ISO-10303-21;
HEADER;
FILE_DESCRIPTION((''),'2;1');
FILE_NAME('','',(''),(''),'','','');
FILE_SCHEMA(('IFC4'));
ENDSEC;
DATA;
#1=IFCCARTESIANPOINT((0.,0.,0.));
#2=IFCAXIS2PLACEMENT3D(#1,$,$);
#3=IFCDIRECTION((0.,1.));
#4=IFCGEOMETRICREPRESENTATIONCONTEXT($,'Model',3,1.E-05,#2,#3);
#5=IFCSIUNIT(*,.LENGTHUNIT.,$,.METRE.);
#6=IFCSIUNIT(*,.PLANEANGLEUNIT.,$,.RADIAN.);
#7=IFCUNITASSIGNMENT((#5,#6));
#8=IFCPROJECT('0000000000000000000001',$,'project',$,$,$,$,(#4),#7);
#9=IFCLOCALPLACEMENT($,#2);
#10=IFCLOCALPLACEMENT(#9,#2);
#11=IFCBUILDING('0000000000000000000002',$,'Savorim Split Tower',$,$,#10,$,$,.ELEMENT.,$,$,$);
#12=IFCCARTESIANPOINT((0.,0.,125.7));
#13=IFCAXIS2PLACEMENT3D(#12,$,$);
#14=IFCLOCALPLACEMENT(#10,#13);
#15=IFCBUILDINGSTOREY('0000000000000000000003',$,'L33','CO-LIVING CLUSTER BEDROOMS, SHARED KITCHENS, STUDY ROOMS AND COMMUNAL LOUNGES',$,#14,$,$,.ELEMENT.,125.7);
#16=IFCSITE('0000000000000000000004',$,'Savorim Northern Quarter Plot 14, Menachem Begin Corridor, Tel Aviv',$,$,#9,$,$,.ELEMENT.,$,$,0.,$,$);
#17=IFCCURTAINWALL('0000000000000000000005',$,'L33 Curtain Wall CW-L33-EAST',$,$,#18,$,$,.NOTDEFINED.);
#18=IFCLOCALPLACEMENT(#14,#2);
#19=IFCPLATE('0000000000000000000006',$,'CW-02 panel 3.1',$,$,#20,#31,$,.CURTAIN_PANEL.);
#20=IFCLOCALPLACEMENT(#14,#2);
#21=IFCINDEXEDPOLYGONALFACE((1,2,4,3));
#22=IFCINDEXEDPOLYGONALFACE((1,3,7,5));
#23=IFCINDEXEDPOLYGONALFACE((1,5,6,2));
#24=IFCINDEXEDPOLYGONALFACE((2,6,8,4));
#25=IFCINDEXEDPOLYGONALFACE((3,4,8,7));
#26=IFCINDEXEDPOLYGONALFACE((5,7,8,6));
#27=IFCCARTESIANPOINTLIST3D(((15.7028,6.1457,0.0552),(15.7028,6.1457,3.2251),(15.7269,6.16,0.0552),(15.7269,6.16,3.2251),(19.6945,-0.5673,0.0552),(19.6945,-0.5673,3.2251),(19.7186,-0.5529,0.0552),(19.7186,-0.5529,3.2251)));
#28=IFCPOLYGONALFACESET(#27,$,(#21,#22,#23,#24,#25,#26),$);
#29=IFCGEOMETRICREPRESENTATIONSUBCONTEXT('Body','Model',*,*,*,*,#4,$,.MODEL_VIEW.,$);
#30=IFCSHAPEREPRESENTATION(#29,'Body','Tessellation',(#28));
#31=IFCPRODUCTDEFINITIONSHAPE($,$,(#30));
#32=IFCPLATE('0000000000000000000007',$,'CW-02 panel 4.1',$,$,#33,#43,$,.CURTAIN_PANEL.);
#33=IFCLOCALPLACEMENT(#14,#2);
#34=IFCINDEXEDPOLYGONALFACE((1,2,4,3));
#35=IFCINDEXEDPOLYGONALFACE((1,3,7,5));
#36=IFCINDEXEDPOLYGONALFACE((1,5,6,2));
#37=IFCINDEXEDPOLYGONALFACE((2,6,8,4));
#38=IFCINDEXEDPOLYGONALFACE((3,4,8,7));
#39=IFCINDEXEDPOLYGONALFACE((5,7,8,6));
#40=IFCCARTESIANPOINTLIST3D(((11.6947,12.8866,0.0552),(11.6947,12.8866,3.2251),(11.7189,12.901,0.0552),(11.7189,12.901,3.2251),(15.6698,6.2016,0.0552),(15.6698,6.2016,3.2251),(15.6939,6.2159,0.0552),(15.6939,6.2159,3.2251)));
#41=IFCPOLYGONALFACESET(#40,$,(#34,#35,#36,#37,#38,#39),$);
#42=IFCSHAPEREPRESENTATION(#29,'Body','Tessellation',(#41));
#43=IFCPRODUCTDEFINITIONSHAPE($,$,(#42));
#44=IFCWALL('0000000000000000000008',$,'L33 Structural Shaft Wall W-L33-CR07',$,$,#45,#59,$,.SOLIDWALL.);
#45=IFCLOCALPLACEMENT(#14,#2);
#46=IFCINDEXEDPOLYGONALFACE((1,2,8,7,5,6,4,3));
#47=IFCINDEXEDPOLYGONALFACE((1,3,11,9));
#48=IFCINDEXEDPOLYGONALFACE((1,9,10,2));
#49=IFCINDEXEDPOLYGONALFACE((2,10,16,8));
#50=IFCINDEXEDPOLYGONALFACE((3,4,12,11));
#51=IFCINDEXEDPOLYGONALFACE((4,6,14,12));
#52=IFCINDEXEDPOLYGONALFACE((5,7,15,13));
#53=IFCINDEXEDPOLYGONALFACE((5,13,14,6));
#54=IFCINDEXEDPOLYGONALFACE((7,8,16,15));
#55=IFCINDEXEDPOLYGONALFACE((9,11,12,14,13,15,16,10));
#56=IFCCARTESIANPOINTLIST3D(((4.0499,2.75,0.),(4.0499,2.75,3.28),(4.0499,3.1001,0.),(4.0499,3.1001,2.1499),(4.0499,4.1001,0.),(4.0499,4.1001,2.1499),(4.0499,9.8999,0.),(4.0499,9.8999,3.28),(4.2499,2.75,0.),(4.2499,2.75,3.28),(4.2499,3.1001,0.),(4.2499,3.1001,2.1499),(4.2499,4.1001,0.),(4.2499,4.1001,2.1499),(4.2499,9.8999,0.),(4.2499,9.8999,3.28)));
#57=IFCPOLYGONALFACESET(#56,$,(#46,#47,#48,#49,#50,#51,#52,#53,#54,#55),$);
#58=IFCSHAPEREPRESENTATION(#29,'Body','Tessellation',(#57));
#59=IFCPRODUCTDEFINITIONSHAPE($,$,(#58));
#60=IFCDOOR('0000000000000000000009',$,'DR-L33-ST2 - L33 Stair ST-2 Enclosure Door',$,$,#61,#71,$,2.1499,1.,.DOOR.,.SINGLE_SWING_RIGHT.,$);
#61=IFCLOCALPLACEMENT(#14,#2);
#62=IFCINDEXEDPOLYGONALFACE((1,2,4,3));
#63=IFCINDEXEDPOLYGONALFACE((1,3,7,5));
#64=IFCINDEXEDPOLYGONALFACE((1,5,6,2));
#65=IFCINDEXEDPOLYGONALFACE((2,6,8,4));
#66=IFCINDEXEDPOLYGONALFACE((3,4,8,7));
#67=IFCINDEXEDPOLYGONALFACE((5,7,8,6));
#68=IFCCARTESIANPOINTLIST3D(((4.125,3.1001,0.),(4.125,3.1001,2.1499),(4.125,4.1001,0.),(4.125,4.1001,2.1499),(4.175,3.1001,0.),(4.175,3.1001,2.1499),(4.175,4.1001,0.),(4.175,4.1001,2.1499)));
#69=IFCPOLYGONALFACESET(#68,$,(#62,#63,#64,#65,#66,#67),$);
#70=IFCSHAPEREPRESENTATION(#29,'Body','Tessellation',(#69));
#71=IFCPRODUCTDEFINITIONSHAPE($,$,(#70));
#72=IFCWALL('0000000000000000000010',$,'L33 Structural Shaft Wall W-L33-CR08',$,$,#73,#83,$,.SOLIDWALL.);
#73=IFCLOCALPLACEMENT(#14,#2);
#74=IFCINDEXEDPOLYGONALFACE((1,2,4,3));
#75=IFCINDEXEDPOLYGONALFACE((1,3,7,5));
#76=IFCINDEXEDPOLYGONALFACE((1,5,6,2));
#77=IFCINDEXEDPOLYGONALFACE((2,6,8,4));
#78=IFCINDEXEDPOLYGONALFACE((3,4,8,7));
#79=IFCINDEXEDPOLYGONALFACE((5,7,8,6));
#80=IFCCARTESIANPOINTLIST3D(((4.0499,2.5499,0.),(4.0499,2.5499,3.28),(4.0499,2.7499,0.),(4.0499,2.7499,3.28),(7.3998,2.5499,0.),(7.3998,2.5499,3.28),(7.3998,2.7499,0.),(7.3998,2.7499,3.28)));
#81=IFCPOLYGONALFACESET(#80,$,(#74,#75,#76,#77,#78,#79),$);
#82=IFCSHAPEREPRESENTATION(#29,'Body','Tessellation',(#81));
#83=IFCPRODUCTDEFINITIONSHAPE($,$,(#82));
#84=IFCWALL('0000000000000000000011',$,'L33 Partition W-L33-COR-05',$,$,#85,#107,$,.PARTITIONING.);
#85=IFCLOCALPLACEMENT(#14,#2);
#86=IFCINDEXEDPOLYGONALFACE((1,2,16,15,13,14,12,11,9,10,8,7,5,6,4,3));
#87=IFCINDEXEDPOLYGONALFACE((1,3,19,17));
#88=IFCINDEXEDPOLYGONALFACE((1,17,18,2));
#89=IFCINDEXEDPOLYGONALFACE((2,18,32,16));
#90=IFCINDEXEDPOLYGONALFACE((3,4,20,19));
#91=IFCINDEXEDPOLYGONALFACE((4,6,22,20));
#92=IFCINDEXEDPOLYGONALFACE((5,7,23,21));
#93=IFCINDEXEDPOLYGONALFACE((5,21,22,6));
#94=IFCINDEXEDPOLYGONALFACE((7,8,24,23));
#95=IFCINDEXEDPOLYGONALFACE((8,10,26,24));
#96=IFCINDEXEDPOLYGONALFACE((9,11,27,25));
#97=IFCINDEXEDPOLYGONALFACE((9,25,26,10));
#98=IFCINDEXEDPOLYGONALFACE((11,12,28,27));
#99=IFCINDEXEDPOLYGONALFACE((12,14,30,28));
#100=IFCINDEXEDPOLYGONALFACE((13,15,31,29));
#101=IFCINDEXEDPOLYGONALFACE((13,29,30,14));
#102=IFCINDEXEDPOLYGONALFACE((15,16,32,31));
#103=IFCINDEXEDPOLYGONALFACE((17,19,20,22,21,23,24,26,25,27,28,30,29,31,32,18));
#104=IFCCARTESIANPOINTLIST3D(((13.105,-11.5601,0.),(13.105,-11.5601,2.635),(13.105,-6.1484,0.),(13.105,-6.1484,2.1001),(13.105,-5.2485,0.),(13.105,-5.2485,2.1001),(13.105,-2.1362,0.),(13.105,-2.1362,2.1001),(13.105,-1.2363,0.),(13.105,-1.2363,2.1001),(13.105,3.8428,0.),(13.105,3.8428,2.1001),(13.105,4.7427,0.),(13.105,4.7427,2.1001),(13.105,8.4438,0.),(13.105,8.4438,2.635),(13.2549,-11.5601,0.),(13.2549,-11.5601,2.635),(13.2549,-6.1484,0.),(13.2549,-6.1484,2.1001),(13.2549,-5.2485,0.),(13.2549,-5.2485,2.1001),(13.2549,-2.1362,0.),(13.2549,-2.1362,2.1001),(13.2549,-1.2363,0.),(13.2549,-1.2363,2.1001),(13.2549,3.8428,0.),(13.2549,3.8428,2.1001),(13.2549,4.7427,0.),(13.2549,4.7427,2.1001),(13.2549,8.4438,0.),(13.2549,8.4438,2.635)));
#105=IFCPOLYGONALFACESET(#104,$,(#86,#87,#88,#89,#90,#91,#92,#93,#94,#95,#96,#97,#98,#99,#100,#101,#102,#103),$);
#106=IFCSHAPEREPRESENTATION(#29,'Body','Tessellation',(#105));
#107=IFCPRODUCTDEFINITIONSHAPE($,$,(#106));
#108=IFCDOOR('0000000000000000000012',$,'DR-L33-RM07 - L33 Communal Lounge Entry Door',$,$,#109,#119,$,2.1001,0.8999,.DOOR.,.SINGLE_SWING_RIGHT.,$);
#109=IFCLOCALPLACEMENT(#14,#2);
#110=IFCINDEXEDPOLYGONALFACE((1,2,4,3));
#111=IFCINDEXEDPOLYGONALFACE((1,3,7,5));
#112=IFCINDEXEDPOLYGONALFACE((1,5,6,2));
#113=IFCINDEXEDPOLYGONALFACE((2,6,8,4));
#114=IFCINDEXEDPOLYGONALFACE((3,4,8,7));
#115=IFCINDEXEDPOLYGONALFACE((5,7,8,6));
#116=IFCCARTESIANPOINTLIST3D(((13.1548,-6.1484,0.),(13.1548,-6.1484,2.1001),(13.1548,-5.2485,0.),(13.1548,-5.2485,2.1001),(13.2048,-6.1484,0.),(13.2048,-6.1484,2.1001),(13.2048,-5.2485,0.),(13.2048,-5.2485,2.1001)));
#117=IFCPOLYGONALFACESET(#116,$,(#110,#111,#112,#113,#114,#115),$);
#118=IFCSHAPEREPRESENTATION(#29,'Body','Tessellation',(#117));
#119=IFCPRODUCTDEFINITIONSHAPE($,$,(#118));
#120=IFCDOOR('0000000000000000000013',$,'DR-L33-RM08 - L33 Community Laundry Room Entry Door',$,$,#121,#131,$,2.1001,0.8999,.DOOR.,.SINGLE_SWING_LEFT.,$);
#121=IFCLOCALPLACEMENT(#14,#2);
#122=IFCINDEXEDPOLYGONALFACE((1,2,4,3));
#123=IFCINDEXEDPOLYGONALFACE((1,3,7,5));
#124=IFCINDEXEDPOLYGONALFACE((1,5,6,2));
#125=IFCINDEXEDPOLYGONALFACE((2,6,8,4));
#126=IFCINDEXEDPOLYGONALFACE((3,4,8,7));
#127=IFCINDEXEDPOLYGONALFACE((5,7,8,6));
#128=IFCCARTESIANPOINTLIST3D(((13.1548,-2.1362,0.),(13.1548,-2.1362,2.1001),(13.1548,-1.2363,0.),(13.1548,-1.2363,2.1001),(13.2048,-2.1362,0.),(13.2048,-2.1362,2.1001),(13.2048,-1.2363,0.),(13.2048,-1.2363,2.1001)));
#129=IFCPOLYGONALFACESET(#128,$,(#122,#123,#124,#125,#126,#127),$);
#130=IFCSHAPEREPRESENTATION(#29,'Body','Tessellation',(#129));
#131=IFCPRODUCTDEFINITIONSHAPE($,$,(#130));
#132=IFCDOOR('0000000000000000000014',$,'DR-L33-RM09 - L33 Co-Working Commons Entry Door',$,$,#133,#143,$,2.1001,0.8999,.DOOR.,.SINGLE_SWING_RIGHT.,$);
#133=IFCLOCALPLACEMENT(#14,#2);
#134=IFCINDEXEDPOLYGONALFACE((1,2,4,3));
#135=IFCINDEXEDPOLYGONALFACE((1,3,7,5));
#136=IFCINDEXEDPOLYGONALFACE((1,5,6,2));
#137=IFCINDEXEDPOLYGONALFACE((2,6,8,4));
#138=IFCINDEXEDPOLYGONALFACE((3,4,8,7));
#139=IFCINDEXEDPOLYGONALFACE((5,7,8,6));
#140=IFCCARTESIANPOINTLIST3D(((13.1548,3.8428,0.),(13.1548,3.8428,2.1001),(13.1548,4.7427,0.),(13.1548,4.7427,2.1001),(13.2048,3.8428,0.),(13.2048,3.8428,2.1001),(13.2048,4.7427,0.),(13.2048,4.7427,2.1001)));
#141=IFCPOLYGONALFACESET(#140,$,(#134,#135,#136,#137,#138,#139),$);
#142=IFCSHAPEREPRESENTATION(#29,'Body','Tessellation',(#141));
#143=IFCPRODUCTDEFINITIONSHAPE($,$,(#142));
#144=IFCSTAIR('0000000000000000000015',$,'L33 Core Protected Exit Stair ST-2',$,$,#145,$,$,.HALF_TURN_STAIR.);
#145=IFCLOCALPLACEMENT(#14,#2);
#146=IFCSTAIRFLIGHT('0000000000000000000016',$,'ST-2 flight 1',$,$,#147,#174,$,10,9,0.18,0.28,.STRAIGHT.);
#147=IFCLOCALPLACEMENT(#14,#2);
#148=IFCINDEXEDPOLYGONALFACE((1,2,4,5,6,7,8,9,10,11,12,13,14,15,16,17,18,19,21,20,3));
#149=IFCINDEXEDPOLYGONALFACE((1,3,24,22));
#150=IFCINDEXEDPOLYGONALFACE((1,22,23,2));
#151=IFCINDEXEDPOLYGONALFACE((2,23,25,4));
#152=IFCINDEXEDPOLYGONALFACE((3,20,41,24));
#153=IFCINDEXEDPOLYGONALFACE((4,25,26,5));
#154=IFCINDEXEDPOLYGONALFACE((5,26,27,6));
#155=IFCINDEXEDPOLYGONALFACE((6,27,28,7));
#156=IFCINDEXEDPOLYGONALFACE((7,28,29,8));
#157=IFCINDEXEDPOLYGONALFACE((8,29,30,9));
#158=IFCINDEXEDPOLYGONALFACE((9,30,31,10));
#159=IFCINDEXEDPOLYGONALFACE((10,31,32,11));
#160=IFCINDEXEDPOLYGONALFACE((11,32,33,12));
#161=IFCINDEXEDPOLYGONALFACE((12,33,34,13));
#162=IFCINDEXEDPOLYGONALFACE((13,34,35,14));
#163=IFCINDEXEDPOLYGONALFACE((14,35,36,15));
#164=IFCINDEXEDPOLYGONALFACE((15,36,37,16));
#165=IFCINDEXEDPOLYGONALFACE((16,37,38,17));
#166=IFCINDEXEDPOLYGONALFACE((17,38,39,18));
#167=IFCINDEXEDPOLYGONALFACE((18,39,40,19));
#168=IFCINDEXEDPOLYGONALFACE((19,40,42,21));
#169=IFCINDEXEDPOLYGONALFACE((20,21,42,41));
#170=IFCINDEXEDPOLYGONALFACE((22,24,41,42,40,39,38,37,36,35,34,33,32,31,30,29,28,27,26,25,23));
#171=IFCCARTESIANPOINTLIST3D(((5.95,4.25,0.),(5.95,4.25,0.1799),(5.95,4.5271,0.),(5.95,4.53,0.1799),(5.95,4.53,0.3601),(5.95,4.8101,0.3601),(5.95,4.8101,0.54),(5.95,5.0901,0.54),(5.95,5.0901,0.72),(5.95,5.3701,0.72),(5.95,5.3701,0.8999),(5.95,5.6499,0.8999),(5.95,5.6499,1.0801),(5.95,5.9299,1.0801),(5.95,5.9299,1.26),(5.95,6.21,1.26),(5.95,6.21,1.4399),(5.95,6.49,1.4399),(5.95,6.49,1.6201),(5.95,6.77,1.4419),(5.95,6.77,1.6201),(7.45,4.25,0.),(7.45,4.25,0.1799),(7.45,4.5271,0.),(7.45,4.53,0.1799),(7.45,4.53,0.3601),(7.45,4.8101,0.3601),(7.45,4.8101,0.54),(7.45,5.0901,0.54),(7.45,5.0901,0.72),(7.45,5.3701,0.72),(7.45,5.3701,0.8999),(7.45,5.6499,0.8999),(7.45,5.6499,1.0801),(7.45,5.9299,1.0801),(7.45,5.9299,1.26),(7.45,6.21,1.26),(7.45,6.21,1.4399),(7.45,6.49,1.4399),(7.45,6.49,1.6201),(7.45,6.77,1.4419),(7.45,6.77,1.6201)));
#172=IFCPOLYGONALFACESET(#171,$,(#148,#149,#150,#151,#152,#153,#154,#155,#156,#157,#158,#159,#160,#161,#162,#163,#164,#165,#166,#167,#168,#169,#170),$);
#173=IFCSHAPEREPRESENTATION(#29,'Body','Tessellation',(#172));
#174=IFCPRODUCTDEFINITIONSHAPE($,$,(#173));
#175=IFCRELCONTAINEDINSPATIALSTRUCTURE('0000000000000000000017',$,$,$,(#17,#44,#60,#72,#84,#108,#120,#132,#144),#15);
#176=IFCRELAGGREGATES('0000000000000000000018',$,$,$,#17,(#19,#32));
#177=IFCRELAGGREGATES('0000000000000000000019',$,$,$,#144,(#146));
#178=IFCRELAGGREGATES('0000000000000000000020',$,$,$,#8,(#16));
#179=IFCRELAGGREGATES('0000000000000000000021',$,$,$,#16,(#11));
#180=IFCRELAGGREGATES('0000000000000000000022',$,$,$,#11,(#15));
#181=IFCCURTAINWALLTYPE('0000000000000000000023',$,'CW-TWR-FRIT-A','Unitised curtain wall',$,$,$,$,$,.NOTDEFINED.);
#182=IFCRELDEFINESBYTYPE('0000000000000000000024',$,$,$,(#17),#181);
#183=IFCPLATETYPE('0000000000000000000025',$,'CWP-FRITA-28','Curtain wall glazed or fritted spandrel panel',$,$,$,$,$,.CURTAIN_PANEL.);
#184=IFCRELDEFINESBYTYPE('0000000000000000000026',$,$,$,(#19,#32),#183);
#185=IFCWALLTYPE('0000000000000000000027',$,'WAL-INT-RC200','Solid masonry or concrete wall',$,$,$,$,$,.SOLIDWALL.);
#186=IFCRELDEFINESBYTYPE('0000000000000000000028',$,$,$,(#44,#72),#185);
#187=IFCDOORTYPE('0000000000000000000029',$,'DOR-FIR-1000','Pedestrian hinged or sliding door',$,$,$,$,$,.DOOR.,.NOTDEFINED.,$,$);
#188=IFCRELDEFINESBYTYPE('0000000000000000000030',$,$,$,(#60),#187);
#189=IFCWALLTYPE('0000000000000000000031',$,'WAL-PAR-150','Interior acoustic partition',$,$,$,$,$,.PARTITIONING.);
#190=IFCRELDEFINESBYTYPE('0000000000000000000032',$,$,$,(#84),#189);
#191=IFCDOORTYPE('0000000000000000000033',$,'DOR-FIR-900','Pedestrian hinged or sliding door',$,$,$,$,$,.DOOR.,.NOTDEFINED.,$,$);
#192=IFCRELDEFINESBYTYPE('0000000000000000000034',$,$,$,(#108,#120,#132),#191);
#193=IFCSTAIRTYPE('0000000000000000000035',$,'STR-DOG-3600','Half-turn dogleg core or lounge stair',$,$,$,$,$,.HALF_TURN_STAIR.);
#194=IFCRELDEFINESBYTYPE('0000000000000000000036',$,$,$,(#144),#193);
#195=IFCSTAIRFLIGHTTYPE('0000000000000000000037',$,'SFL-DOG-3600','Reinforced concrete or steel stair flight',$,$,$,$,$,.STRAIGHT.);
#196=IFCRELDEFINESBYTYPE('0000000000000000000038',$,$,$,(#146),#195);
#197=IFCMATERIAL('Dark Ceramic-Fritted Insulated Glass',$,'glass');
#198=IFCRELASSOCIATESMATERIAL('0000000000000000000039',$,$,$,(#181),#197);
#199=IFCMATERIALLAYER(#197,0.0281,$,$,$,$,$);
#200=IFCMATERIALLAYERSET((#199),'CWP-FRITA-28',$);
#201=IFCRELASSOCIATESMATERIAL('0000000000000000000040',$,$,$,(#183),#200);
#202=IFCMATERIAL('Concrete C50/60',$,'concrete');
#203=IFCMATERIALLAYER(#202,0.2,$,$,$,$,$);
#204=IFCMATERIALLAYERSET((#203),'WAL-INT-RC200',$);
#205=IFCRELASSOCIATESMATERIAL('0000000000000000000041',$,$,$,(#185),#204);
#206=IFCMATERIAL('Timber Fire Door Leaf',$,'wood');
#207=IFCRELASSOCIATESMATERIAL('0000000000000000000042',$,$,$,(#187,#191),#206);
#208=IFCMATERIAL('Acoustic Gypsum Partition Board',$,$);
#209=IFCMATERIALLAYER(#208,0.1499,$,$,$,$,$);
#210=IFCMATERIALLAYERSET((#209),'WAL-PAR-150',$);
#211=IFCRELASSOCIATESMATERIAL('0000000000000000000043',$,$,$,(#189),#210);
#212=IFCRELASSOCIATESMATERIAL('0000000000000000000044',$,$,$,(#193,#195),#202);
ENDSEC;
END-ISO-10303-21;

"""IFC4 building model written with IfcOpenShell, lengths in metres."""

from ifc_helpers import new_model, si_unit, direction, frame, frame_2d, origin, origin_2d, place, context, subcontext, project, spatial, polyline, rectangle, outline, extrude, material, layer, layer_set, type_object, element, fill, aggregate, save


model = new_model("IFC4")

# Units and contexts
model_context = context("Model", 3, precision=1e-05, world=origin(), true_north=direction((0.0, 1.0)))
body_context = subcontext(model_context, "Body", "Model", "MODEL_VIEW")
ifc_project = project(units=[si_unit("LENGTHUNIT", "METRE"), si_unit("PLANEANGLEUNIT", "RADIAN")], contexts=[model_context])

# Site, building, storey
site_placement = place(None, origin())
site = spatial("IfcSite", under=ifc_project, at=site_placement, Name="Savorim Northern Quarter Plot 14, Menachem Begin Corridor, Tel Aviv", CompositionType="ELEMENT", RefElevation=0.0)
building_placement = place(site_placement, origin())
building = spatial("IfcBuilding", under=site, at=building_placement, Name="Savorim Split Tower", CompositionType="ELEMENT")
storey_placement = place(building_placement, frame((0.0, 0.0, 125.7)))
storey = spatial("IfcBuildingStorey", under=building, at=storey_placement, Name="L33", Description="CO-LIVING CLUSTER BEDROOMS, SHARED KITCHENS, STUDY ROOMS AND COMMUNAL LOUNGES", CompositionType="ELEMENT", Elevation=125.7)

# Curtain wall, plates
ifc_material_1 = material(Name="Dark Ceramic-Fritted Insulated Glass", Category="glass")
curtain_wall_type = type_object("IfcCurtainWallType", Name="CW-TWR-FRIT-A", Description="Unitised curtain wall", PredefinedType="NOTDEFINED", material=ifc_material_1)
curtain_wall_placement = place(storey_placement, origin())
curtain_wall = element("IfcCurtainWall", 1, at=curtain_wall_placement, inside=storey, type_object=curtain_wall_type, Name="L33 Curtain Wall CW-L33-EAST", PredefinedType="NOTDEFINED")
ifc_layer_1 = layer(ifc_material_1, 0.0281)
ifc_layer_set_1 = layer_set([ifc_layer_1], Name="CWP-FRITA-28")
plate_type = type_object("IfcPlateType", Name="CWP-FRITA-28", Description="Curtain wall glazed or fritted spandrel panel", PredefinedType="CURTAIN_PANEL", material=ifc_layer_set_1)
plate_1_placement = place(storey_placement, frame((17.7107, 2.7964, 0.0552), z_axis=(0.0, 0.0, 1.0), x_axis=(-0.511093, 0.859525, 0.0)))
plate_1 = element("IfcPlate", 2, at=plate_1_placement, type_object=plate_type, Name="CW-02 panel 3.1", PredefinedType="CURTAIN_PANEL", context=body_context, shape_type="SweptSolid", body=[
    extrude(rectangle(XDim=7.8101, YDim=0.0281, at=origin_2d()), origin(), (0.0, 0.0, 1.0), 3.1699),
])
plate_2_placement = place(storey_placement, frame((13.6943, 9.5513, 0.0552), z_axis=(0.0, 0.0, 1.0), x_axis=(-0.511093, 0.859525, 0.0)))
plate_2 = element("IfcPlate", 3, at=plate_2_placement, type_object=plate_type, Name="CW-02 panel 4.1", PredefinedType="CURTAIN_PANEL", context=body_context, shape_type="SweptSolid", body=[
    extrude(rectangle(XDim=7.7776, YDim=0.0281, at=origin_2d()), origin(), (0.0, 0.0, 1.0), 3.1699),
])
aggregate(curtain_wall, [plate_1, plate_2])

# Wall, opening, door
ifc_material_2 = material(Name="Concrete C50/60", Category="concrete")
ifc_layer_2 = layer(ifc_material_2, 0.2)
ifc_layer_set_2 = layer_set([ifc_layer_2], Name="WAL-INT-RC200")
wall_type_1 = type_object("IfcWallType", Name="WAL-INT-RC200", Description="Solid masonry or concrete wall", PredefinedType="SOLIDWALL", material=ifc_layer_set_2)
wall_1_placement = place(storey_placement, frame((4.1499, 2.75, 0.0), z_axis=(0.0, 0.0, 1.0), x_axis=(0.0, 1.0, 0.0)))
wall_1 = element("IfcWall", 4, at=wall_1_placement, inside=storey, type_object=wall_type_1, Name="L33 Structural Shaft Wall W-L33-CR07", PredefinedType="SOLIDWALL", context=body_context, shape_type="SweptSolid", body=[
    extrude(rectangle(XDim=7.1499, YDim=0.2, at=frame_2d((3.575, 0.0))), origin(), (0.0, 0.0, 1.0), 3.28),
])
opening_1_placement = place(wall_1_placement, frame((0.3501, 0.0, 0.0)))
opening_1 = element("IfcOpeningElement", 5, at=opening_1_placement, cuts=wall_1, PredefinedType="OPENING", context=body_context, shape_type="SweptSolid", body=[
    extrude(rectangle(XDim=1.0, YDim=2.1499, at=frame_2d((0.5, 1.075))), frame((0.0, 0.1099, 0.0), z_axis=(0.0, -1.0, 0.0), x_axis=(1.0, 0.0, 0.0)), (0.0, 0.0, 1.0), 0.22),
])
ifc_material_3 = material(Name="Timber Fire Door Leaf", Category="wood")
door_type_1 = type_object("IfcDoorType", Name="DOR-FIR-1000", Description="Pedestrian hinged or sliding door", OperationType="NOTDEFINED", PredefinedType="DOOR", material=ifc_material_3)
door_1_placement = place(opening_1_placement, origin())
door_1 = element("IfcDoor", 6, at=door_1_placement, inside=storey, type_object=door_type_1, Name="DR-L33-ST2 - L33 Stair ST-2 Enclosure Door", OperationType="SINGLE_SWING_RIGHT", OverallHeight=2.1499, OverallWidth=1.0, PredefinedType="DOOR", context=body_context, shape_type="SweptSolid", body=[
    extrude(rectangle(XDim=1.0, YDim=2.1499, at=frame_2d((0.5, 1.075))), frame((0.0, 0.0249, 0.0), z_axis=(0.0, -1.0, 0.0), x_axis=(1.0, 0.0, 0.0)), (0.0, 0.0, 1.0), 0.05),
])
fill(opening_1, door_1)

# Wall
wall_2_placement = place(storey_placement, frame((4.05, 2.6499, 0.0), z_axis=(0.0, 0.0, 1.0), x_axis=(1.0, 0.0, 0.0)))
element("IfcWall", 7, at=wall_2_placement, inside=storey, type_object=wall_type_1, Name="L33 Structural Shaft Wall W-L33-CR08", PredefinedType="SOLIDWALL", context=body_context, shape_type="SweptSolid", body=[
    extrude(rectangle(XDim=3.3499, YDim=0.2, at=frame_2d((1.6748, 0.0))), origin(), (0.0, 0.0, 1.0), 3.28),
])

# Wall, openings, doors
ifc_material_4 = material(Name="Acoustic Gypsum Partition Board")
ifc_layer_3 = layer(ifc_material_4, 0.1499)
ifc_layer_set_3 = layer_set([ifc_layer_3], Name="WAL-PAR-150")
wall_type_2 = type_object("IfcWallType", Name="WAL-PAR-150", Description="Interior acoustic partition", PredefinedType="PARTITIONING", material=ifc_layer_set_3)
wall_3_placement = place(storey_placement, frame((13.1799, 8.4438, 0.0), z_axis=(0.0, 0.0, 1.0), x_axis=(0.0, -1.0, 0.0)))
wall_3 = element("IfcWall", 8, at=wall_3_placement, inside=storey, type_object=wall_type_2, Name="L33 Partition W-L33-COR-05", PredefinedType="PARTITIONING", context=body_context, shape_type="SweptSolid", body=[
    extrude(rectangle(XDim=20.0039, YDim=0.1499, at=frame_2d((10.002, 0.0))), origin(), (0.0, 0.0, 1.0), 2.635),
])
opening_2_placement = place(wall_3_placement, frame((13.6924, 0.0, 0.0)))
opening_2 = element("IfcOpeningElement", 9, at=opening_2_placement, cuts=wall_3, PredefinedType="OPENING", context=body_context, shape_type="SweptSolid", body=[
    extrude(rectangle(XDim=0.8999, YDim=2.1001, at=frame_2d((0.45, 1.05))), frame((0.0, 0.085, 0.0), z_axis=(0.0, -1.0, 0.0), x_axis=(1.0, 0.0, 0.0)), (0.0, 0.0, 1.0), 0.1699),
])
opening_3_placement = place(wall_3_placement, frame((9.6802, 0.0, 0.0)))
opening_3 = element("IfcOpeningElement", 10, at=opening_3_placement, cuts=wall_3, PredefinedType="OPENING", context=body_context, shape_type="SweptSolid", body=[
    extrude(rectangle(XDim=0.8999, YDim=2.1001, at=frame_2d((0.45, 1.05))), frame((0.0, 0.085, 0.0), z_axis=(0.0, -1.0, 0.0), x_axis=(1.0, 0.0, 0.0)), (0.0, 0.0, 1.0), 0.1699),
])
opening_4_placement = place(wall_3_placement, frame((3.7012, 0.0, 0.0)))
opening_4 = element("IfcOpeningElement", 11, at=opening_4_placement, cuts=wall_3, PredefinedType="OPENING", context=body_context, shape_type="SweptSolid", body=[
    extrude(rectangle(XDim=0.8999, YDim=2.1001, at=frame_2d((0.45, 1.05))), frame((0.0, 0.085, 0.0), z_axis=(0.0, -1.0, 0.0), x_axis=(1.0, 0.0, 0.0)), (0.0, 0.0, 1.0), 0.1699),
])
door_type_2 = type_object("IfcDoorType", Name="DOR-FIR-900", Description="Pedestrian hinged or sliding door", OperationType="NOTDEFINED", PredefinedType="DOOR", material=ifc_material_3)
door_2_placement = place(opening_2_placement, origin())
door_2 = element("IfcDoor", 12, at=door_2_placement, inside=storey, type_object=door_type_2, Name="DR-L33-RM07 - L33 Communal Lounge Entry Door", OperationType="SINGLE_SWING_RIGHT", OverallHeight=2.1001, OverallWidth=0.8999, PredefinedType="DOOR", context=body_context, shape_type="SweptSolid", body=[
    extrude(rectangle(XDim=0.8999, YDim=2.1001, at=frame_2d((0.45, 1.05))), frame((0.0, 0.0249, 0.0), z_axis=(0.0, -1.0, 0.0), x_axis=(1.0, 0.0, 0.0)), (0.0, 0.0, 1.0), 0.05),
])
fill(opening_2, door_2)
door_3_placement = place(opening_3_placement, origin())
door_3 = element("IfcDoor", 13, at=door_3_placement, inside=storey, type_object=door_type_2, Name="DR-L33-RM08 - L33 Community Laundry Room Entry Door", OperationType="SINGLE_SWING_LEFT", OverallHeight=2.1001, OverallWidth=0.8999, PredefinedType="DOOR", context=body_context, shape_type="SweptSolid", body=[
    extrude(rectangle(XDim=0.8999, YDim=2.1001, at=frame_2d((0.45, 1.05))), frame((0.0, 0.0249, 0.0), z_axis=(0.0, -1.0, 0.0), x_axis=(1.0, 0.0, 0.0)), (0.0, 0.0, 1.0), 0.05),
])
fill(opening_3, door_3)
door_4_placement = place(opening_4_placement, origin())
door_4 = element("IfcDoor", 14, at=door_4_placement, inside=storey, type_object=door_type_2, Name="DR-L33-RM09 - L33 Co-Working Commons Entry Door", OperationType="SINGLE_SWING_RIGHT", OverallHeight=2.1001, OverallWidth=0.8999, PredefinedType="DOOR", context=body_context, shape_type="SweptSolid", body=[
    extrude(rectangle(XDim=0.8999, YDim=2.1001, at=frame_2d((0.45, 1.05))), frame((0.0, 0.0249, 0.0), z_axis=(0.0, -1.0, 0.0), x_axis=(1.0, 0.0, 0.0)), (0.0, 0.0, 1.0), 0.05),
])
fill(opening_4, door_4)

# Stair, stair flight
stair_type = type_object("IfcStairType", Name="STR-DOG-3600", Description="Half-turn dogleg core or lounge stair", PredefinedType="HALF_TURN_STAIR", material=ifc_material_2)
stair_placement = place(storey_placement, origin())
stair = element("IfcStair", 15, at=stair_placement, inside=storey, type_object=stair_type, Name="L33 Core Protected Exit Stair ST-2", PredefinedType="HALF_TURN_STAIR")
stair_flight_type = type_object("IfcStairFlightType", Name="SFL-DOG-3600", Description="Reinforced concrete or steel stair flight", PredefinedType="STRAIGHT", material=ifc_material_2)
stair_flight_1_placement = place(storey_placement, frame((6.7, 4.25, 0.0), z_axis=(0.0, 0.0, 1.0), x_axis=(0.0, 1.0, 0.0)))
stair_flight_1 = element("IfcStairFlight", 16, at=stair_flight_1_placement, type_object=stair_flight_type, Name="ST-2 flight 1", NumberOfRisers=10, NumberOfTreads=9, PredefinedType="STRAIGHT", RiserHeight=0.18, TreadLength=0.28, context=body_context, shape_type="SweptSolid", body=[
    extrude(outline(polyline([(0.0, 0.0), (0.0, 0.1799), (0.28, 0.1799), (0.28, 0.3601), (0.5601, 0.3601), (0.5601, 0.54), (0.8401, 0.54), (0.8401, 0.72), (1.1201, 0.72), (1.1201, 0.8999), (1.3999, 0.8999), (1.3999, 1.0801), (1.6799, 1.0801), (1.6799, 1.26), (1.96, 1.26), (1.96, 1.4399), (2.24, 1.4399), (2.24, 1.6201), (2.52, 1.6201), (2.52, 1.8), (2.52, 1.4419), (0.2771, 0.0), (0.0, 0.0)])), frame((0.0, 0.75, 0.0), z_axis=(0.0, -1.0, 0.0), x_axis=(1.0, 0.0, 0.0)), (0.0, 0.0, 1.0), 1.5),
])
aggregate(stair, [stair_flight_1])

save(model, "model.ifc")
